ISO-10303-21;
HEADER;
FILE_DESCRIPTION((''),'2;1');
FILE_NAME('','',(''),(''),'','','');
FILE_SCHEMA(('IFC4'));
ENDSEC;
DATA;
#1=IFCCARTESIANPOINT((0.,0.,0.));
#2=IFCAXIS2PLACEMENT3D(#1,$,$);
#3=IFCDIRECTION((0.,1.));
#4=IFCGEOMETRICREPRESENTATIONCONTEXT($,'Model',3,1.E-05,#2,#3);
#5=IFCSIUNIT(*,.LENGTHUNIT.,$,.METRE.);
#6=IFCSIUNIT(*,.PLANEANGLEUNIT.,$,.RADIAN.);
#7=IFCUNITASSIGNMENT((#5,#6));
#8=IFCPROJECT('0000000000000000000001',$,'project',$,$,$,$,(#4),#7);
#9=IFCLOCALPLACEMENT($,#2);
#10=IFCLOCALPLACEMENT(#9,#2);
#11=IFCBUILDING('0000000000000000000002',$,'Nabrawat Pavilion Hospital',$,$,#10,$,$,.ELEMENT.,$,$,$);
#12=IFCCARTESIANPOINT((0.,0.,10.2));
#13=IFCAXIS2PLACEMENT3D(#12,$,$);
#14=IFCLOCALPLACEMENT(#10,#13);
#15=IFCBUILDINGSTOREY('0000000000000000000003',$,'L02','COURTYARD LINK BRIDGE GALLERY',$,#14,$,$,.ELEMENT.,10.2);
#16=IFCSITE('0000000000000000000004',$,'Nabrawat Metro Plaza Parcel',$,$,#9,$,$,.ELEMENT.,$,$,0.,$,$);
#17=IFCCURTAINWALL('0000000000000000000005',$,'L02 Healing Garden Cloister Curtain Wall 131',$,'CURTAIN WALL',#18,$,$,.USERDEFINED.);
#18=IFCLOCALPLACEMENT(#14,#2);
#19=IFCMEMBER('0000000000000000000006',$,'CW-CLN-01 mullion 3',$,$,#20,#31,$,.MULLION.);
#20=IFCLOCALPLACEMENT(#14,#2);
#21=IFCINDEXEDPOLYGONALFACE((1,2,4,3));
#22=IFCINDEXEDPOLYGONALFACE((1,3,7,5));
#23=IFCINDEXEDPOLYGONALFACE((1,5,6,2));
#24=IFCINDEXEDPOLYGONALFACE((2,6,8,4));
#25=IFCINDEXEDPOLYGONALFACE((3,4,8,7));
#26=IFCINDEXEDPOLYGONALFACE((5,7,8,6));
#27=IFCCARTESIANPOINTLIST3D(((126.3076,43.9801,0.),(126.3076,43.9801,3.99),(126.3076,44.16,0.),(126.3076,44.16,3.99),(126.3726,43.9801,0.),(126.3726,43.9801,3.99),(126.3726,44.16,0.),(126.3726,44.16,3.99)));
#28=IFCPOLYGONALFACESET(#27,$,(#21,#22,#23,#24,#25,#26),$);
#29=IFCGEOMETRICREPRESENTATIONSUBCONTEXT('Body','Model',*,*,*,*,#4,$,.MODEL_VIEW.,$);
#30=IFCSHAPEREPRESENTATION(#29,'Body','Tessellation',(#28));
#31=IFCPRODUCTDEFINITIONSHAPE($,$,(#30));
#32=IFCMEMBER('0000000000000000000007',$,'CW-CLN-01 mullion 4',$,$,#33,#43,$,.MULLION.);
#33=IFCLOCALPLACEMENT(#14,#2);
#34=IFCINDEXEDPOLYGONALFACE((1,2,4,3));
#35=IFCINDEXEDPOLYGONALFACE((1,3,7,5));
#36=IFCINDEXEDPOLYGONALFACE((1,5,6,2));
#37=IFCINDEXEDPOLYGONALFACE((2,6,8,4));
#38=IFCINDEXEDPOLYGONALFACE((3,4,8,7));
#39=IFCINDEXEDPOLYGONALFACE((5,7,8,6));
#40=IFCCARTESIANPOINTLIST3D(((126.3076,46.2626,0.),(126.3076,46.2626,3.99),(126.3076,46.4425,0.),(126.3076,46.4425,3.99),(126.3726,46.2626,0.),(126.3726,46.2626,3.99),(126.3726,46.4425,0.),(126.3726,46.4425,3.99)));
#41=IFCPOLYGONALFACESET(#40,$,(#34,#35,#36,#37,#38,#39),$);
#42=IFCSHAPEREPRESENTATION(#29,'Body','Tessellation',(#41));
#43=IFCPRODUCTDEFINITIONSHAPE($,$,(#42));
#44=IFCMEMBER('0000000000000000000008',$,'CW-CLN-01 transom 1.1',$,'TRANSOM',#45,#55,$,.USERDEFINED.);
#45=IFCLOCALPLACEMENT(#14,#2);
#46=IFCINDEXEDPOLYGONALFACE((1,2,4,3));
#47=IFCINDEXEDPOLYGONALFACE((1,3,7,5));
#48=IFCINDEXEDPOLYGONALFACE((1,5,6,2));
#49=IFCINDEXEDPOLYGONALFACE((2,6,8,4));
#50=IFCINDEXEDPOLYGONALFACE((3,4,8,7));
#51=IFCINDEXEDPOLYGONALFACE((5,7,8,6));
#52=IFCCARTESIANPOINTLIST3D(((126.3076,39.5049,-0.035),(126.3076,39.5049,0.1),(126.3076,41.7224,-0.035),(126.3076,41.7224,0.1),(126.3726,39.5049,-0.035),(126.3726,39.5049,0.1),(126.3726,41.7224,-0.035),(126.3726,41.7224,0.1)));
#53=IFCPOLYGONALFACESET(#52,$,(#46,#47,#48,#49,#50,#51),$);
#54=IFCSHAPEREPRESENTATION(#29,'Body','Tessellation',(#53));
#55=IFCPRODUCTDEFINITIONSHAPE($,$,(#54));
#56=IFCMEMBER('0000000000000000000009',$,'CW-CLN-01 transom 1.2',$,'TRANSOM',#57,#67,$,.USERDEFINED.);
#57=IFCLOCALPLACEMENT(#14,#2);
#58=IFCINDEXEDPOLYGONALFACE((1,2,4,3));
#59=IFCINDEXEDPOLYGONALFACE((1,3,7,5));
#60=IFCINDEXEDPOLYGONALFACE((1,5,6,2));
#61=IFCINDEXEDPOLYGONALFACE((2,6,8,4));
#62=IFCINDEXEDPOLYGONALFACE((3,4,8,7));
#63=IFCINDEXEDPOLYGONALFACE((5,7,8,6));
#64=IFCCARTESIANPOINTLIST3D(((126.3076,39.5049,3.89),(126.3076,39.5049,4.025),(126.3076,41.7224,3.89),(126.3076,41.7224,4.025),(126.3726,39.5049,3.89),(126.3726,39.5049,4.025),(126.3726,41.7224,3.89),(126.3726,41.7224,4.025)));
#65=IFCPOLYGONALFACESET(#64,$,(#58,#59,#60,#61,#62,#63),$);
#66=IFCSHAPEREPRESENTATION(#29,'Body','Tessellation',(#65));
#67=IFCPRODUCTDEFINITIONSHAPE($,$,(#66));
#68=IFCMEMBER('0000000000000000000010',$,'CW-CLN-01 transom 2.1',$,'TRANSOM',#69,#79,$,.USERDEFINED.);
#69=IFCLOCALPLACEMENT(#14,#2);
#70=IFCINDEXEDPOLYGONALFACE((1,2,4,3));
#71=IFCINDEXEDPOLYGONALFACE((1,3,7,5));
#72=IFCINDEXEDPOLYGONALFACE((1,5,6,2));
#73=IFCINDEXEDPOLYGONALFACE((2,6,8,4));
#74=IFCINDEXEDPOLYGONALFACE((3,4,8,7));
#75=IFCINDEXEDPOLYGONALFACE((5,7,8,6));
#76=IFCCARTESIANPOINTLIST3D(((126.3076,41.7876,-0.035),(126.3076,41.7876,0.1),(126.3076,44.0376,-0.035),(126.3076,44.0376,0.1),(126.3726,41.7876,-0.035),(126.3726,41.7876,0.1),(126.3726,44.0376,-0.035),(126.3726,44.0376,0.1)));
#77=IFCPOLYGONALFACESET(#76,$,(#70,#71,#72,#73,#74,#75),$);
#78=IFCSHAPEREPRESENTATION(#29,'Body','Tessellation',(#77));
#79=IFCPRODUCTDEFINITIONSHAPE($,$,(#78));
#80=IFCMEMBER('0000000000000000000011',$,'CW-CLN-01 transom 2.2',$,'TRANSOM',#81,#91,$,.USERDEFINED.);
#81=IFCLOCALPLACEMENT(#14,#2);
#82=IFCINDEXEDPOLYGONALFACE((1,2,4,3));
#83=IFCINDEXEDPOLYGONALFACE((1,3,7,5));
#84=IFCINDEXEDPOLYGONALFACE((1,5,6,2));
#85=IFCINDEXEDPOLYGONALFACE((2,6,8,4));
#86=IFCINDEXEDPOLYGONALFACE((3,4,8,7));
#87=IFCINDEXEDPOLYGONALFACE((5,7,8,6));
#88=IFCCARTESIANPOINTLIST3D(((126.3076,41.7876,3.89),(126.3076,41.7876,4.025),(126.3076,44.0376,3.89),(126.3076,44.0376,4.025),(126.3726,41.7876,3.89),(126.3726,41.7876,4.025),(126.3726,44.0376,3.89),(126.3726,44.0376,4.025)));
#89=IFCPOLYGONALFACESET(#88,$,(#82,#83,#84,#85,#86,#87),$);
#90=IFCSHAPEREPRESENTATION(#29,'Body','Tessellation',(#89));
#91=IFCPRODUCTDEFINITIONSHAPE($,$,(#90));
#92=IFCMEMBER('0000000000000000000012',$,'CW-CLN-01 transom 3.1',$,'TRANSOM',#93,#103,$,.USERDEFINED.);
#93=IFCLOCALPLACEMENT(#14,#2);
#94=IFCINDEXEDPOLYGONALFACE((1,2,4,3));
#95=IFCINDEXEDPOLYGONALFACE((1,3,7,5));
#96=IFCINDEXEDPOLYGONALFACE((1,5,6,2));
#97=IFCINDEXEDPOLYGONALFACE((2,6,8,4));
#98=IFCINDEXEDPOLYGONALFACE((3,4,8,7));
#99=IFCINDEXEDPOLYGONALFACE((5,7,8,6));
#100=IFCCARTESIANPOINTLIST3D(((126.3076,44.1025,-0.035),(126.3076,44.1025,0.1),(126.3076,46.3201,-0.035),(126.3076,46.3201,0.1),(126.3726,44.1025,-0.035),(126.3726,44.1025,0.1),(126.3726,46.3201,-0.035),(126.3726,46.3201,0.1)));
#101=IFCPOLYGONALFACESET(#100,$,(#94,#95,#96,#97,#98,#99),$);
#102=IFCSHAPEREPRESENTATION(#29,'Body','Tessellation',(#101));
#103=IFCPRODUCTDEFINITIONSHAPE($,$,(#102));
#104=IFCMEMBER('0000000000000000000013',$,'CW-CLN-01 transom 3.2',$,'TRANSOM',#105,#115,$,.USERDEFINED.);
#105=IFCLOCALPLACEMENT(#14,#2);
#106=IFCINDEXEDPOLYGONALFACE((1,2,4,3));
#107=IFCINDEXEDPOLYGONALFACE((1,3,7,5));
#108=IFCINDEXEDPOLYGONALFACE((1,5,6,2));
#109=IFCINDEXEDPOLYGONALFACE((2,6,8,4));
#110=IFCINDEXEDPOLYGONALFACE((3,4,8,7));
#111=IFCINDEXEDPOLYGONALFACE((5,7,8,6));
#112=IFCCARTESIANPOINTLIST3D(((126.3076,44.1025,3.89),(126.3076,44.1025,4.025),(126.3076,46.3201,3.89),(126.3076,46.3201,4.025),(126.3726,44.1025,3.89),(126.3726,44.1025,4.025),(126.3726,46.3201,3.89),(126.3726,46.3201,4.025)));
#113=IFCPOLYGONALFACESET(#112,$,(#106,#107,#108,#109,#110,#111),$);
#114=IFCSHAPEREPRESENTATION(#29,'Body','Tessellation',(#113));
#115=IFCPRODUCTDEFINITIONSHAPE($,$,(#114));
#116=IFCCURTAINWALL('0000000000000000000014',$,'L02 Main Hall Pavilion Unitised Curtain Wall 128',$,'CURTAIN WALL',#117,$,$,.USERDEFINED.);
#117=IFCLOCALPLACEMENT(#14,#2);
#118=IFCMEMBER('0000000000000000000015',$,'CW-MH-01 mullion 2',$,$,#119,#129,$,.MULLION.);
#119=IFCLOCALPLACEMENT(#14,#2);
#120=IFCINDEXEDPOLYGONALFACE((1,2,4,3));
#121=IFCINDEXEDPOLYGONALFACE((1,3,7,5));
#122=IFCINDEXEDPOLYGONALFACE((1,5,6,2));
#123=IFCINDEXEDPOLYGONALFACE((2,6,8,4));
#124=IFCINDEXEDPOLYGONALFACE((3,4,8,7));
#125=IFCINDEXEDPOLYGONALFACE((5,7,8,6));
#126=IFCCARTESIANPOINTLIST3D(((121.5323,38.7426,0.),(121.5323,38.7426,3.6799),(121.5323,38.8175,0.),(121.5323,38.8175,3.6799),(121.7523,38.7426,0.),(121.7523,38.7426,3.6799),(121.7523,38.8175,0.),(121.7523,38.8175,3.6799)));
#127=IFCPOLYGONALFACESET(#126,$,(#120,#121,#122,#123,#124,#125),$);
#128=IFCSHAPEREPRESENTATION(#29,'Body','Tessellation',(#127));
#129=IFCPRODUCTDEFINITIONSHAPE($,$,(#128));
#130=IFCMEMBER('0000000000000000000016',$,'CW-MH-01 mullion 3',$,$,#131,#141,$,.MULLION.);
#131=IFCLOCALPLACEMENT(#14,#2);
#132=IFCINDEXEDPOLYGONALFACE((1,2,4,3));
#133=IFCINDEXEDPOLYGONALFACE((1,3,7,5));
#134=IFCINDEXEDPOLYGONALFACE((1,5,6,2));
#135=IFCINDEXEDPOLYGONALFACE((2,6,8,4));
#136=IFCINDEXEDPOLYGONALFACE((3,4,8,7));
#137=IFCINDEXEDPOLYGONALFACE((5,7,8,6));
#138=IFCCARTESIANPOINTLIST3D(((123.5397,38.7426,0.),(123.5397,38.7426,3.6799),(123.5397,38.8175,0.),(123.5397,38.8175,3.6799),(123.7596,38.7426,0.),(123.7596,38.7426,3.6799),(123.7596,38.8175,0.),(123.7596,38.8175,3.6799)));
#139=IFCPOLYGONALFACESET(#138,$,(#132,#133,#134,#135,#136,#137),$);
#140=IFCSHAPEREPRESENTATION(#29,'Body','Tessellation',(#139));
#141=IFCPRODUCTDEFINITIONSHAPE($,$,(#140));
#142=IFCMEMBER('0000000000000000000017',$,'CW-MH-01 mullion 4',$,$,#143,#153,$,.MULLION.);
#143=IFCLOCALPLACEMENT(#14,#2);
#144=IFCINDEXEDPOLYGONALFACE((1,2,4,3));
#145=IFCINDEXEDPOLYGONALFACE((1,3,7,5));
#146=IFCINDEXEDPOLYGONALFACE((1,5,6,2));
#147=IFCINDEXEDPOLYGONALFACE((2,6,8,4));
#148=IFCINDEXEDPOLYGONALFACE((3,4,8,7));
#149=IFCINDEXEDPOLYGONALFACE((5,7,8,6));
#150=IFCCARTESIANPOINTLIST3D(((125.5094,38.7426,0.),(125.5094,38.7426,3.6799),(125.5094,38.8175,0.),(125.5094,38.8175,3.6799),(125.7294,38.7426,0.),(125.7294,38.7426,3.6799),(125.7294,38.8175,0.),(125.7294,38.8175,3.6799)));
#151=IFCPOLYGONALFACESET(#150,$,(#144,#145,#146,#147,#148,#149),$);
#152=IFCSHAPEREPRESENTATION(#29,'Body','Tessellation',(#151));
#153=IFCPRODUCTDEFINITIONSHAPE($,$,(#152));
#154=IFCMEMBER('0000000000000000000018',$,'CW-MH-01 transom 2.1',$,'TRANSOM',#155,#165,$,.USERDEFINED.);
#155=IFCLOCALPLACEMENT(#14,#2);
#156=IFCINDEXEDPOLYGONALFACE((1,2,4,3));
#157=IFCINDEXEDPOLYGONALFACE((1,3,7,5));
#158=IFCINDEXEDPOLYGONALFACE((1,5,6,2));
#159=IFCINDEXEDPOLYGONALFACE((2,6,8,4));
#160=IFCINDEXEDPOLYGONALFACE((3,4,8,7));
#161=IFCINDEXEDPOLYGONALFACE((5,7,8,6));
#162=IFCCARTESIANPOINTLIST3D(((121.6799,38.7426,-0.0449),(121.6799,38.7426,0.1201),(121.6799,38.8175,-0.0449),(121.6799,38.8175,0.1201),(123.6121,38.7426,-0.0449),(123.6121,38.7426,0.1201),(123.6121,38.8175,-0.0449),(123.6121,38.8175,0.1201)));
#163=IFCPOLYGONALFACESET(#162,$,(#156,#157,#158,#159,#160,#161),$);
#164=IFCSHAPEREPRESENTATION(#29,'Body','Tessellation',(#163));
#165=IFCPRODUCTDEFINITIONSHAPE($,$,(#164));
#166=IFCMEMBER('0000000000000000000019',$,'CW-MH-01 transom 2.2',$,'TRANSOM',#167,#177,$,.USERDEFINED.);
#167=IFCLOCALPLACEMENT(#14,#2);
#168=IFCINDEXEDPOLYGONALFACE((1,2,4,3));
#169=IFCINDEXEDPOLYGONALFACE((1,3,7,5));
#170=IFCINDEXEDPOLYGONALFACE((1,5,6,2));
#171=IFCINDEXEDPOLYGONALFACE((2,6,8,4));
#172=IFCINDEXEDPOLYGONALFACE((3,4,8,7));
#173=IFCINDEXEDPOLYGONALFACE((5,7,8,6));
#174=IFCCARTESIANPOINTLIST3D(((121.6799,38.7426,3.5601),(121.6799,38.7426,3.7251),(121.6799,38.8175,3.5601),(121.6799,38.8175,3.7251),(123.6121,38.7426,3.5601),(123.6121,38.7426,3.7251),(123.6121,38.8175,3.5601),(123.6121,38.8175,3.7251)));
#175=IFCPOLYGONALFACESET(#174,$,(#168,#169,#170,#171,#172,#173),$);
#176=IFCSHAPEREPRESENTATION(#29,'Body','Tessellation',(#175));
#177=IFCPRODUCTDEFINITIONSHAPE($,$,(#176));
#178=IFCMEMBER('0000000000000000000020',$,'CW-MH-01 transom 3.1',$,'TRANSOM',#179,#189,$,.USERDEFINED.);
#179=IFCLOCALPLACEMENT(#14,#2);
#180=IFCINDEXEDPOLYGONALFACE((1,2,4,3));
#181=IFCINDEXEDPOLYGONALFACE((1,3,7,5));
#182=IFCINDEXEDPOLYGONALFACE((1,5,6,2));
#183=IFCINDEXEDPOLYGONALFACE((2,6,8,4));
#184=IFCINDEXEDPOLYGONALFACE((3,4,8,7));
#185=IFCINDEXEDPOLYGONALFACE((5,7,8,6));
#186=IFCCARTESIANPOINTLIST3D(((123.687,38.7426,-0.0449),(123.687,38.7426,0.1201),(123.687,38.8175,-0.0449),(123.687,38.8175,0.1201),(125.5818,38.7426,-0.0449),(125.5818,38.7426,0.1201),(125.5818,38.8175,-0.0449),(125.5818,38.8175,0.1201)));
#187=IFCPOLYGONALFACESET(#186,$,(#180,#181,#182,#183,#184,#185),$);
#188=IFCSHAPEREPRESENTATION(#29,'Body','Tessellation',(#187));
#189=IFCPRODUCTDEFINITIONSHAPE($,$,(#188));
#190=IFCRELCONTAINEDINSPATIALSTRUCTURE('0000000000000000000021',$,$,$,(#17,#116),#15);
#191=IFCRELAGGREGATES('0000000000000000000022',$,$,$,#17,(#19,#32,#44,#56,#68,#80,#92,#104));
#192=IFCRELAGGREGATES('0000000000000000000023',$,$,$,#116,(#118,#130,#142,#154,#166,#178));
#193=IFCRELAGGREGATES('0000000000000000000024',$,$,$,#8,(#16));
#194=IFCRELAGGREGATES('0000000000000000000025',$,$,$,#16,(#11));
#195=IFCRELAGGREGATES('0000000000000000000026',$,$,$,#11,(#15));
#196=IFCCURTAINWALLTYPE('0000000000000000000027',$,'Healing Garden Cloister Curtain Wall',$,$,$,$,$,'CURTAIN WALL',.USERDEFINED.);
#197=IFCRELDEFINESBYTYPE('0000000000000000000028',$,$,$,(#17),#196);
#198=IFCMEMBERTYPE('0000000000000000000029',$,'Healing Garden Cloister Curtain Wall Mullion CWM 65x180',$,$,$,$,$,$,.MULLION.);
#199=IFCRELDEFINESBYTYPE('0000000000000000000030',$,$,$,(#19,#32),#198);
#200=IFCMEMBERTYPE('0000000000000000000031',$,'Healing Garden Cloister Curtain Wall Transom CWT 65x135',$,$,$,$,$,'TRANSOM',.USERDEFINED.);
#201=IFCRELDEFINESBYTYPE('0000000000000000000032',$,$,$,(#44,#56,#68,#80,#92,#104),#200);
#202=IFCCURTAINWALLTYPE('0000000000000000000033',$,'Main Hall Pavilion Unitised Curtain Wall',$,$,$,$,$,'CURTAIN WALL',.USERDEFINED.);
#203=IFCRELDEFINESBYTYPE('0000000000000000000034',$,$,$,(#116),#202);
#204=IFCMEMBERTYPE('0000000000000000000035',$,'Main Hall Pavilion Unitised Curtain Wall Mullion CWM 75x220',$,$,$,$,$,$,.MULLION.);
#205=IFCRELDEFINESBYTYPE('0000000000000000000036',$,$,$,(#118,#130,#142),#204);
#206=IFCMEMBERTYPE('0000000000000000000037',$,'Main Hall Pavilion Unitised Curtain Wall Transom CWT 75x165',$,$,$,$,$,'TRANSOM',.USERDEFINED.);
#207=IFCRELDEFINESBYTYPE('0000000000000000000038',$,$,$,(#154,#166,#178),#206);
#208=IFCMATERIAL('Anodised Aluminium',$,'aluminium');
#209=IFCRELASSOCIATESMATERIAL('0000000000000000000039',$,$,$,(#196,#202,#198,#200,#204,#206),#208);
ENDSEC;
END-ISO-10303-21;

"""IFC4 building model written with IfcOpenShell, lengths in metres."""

from ifc_helpers import new_model, si_unit, direction, frame, origin, origin_2d, place, context, subcontext, project, spatial, rectangle, extrude, material, material_profile, profile_set, type_object, element, aggregate, save


model = new_model("IFC4")

# Units and contexts
model_context = context("Model", 3, precision=1e-05, world=origin(), true_north=direction((0.0, 1.0)))
body_context = subcontext(model_context, "Body", "Model", "MODEL_VIEW")
ifc_project = project(units=[si_unit("LENGTHUNIT", "METRE"), si_unit("PLANEANGLEUNIT", "RADIAN")], contexts=[model_context])

# Site, building, storey
site_placement = place(None, origin())
site = spatial("IfcSite", under=ifc_project, at=site_placement, Name="Nabrawat Metro Plaza Parcel", CompositionType="ELEMENT", RefElevation=0.0)
building_placement = place(site_placement, origin())
building = spatial("IfcBuilding", under=site, at=building_placement, Name="Nabrawat Pavilion Hospital", CompositionType="ELEMENT")
storey_placement = place(building_placement, frame((0.0, 0.0, 10.2)))
storey = spatial("IfcBuildingStorey", under=building, at=storey_placement, Name="L02", Description="COURTYARD LINK BRIDGE GALLERY", CompositionType="ELEMENT", Elevation=10.2)

# Curtain walls, members
ifc_material_1 = material(Name="Anodised Aluminium", Category="aluminium")
curtain_wall_type_1 = type_object("IfcCurtainWallType", Name="Healing Garden Cloister Curtain Wall", ElementType="CURTAIN WALL", PredefinedType="USERDEFINED", material=ifc_material_1)
curtain_wall_1_placement = place(storey_placement, origin())
curtain_wall_1 = element("IfcCurtainWall", 1, at=curtain_wall_1_placement, inside=storey, type_object=curtain_wall_type_1, Name="L02 Healing Garden Cloister Curtain Wall 131", ObjectType="CURTAIN WALL", PredefinedType="USERDEFINED")
ifc_material_profile_1 = material_profile(ifc_material_1, rectangle(XDim=0.0649, YDim=0.1799, at=origin_2d()), Name="CWM 65x180")
ifc_profile_set_1 = profile_set([ifc_material_profile_1], Name="Anodised Aluminium")
member_type_1 = type_object("IfcMemberType", Name="Healing Garden Cloister Curtain Wall Mullion CWM 65x180", PredefinedType="MULLION", material=ifc_profile_set_1)
member_1_placement = place(storey_placement, frame((126.3401, 44.0701, 0.0), z_axis=(0.0, 0.0, 1.0), x_axis=(-1.0, 0.0, 0.0)))
member_1 = element("IfcMember", 2, at=member_1_placement, type_object=member_type_1, Name="CW-CLN-01 mullion 3", PredefinedType="MULLION", context=body_context, shape_type="SweptSolid", body=[
    extrude(rectangle(XDim=0.0649, YDim=0.1799, at=origin_2d()), origin(), (0.0, 0.0, 1.0), 3.99),
])
member_2_placement = place(storey_placement, frame((126.3401, 46.3525, 0.0), z_axis=(0.0, 0.0, 1.0), x_axis=(-1.0, 0.0, 0.0)))
member_2 = element("IfcMember", 3, at=member_2_placement, type_object=member_type_1, Name="CW-CLN-01 mullion 4", PredefinedType="MULLION", context=body_context, shape_type="SweptSolid", body=[
    extrude(rectangle(XDim=0.0649, YDim=0.1799, at=origin_2d()), origin(), (0.0, 0.0, 1.0), 3.99),
])
ifc_material_profile_2 = material_profile(ifc_material_1, rectangle(XDim=0.0649, YDim=0.135, at=origin_2d()), Name="CWT 65x135")
ifc_profile_set_2 = profile_set([ifc_material_profile_2], Name="Anodised Aluminium")
member_type_2 = type_object("IfcMemberType", Name="Healing Garden Cloister Curtain Wall Transom CWT 65x135", ElementType="TRANSOM", PredefinedType="USERDEFINED", material=ifc_profile_set_2)
member_3_placement = place(storey_placement, frame((126.3401, 39.5049, 0.0325), z_axis=(0.0, 1.0, 0.0), x_axis=(-1.0, 0.0, 0.0)))
member_3 = element("IfcMember", 4, at=member_3_placement, type_object=member_type_2, Name="CW-CLN-01 transom 1.1", ObjectType="TRANSOM", PredefinedType="USERDEFINED", context=body_context, shape_type="SweptSolid", body=[
    extrude(rectangle(XDim=0.0649, YDim=0.135, at=origin_2d()), origin(), (0.0, 0.0, 1.0), 2.2175),
])
member_4_placement = place(storey_placement, frame((126.3401, 39.5049, 3.9575), z_axis=(0.0, 1.0, 0.0), x_axis=(-1.0, 0.0, 0.0)))
member_4 = element("IfcMember", 5, at=member_4_placement, type_object=member_type_2, Name="CW-CLN-01 transom 1.2", ObjectType="TRANSOM", PredefinedType="USERDEFINED", context=body_context, shape_type="SweptSolid", body=[
    extrude(rectangle(XDim=0.0649, YDim=0.135, at=origin_2d()), origin(), (0.0, 0.0, 1.0), 2.2175),
])
member_5_placement = place(storey_placement, frame((126.3401, 41.7876, 0.0325), z_axis=(0.0, 1.0, 0.0), x_axis=(-1.0, 0.0, 0.0)))
member_5 = element("IfcMember", 6, at=member_5_placement, type_object=member_type_2, Name="CW-CLN-01 transom 2.1", ObjectType="TRANSOM", PredefinedType="USERDEFINED", context=body_context, shape_type="SweptSolid", body=[
    extrude(rectangle(XDim=0.0649, YDim=0.135, at=origin_2d()), origin(), (0.0, 0.0, 1.0), 2.25),
])
member_6_placement = place(storey_placement, frame((126.3401, 41.7876, 3.9575), z_axis=(0.0, 1.0, 0.0), x_axis=(-1.0, 0.0, 0.0)))
member_6 = element("IfcMember", 7, at=member_6_placement, type_object=member_type_2, Name="CW-CLN-01 transom 2.2", ObjectType="TRANSOM", PredefinedType="USERDEFINED", context=body_context, shape_type="SweptSolid", body=[
    extrude(rectangle(XDim=0.0649, YDim=0.135, at=origin_2d()), origin(), (0.0, 0.0, 1.0), 2.25),
])
member_7_placement = place(storey_placement, frame((126.3401, 44.1025, 0.0325), z_axis=(0.0, 1.0, 0.0), x_axis=(-1.0, 0.0, 0.0)))
member_7 = element("IfcMember", 8, at=member_7_placement, type_object=member_type_2, Name="CW-CLN-01 transom 3.1", ObjectType="TRANSOM", PredefinedType="USERDEFINED", context=body_context, shape_type="SweptSolid", body=[
    extrude(rectangle(XDim=0.0649, YDim=0.135, at=origin_2d()), origin(), (0.0, 0.0, 1.0), 2.2175),
])
member_8_placement = place(storey_placement, frame((126.3401, 44.1025, 3.9575), z_axis=(0.0, 1.0, 0.0), x_axis=(-1.0, 0.0, 0.0)))
member_8 = element("IfcMember", 9, at=member_8_placement, type_object=member_type_2, Name="CW-CLN-01 transom 3.2", ObjectType="TRANSOM", PredefinedType="USERDEFINED", context=body_context, shape_type="SweptSolid", body=[
    extrude(rectangle(XDim=0.0649, YDim=0.135, at=origin_2d()), origin(), (0.0, 0.0, 1.0), 2.2175),
])
curtain_wall_type_2 = type_object("IfcCurtainWallType", Name="Main Hall Pavilion Unitised Curtain Wall", ElementType="CURTAIN WALL", PredefinedType="USERDEFINED", material=ifc_material_1)
curtain_wall_2_placement = place(storey_placement, origin())
curtain_wall_2 = element("IfcCurtainWall", 10, at=curtain_wall_2_placement, inside=storey, type_object=curtain_wall_type_2, Name="L02 Main Hall Pavilion Unitised Curtain Wall 128", ObjectType="CURTAIN WALL", PredefinedType="USERDEFINED")
ifc_material_profile_3 = material_profile(ifc_material_1, rectangle(XDim=0.075, YDim=0.22, at=origin_2d()), Name="CWM 75x220")
ifc_profile_set_3 = profile_set([ifc_material_profile_3], Name="Anodised Aluminium")
member_type_3 = type_object("IfcMemberType", Name="Main Hall Pavilion Unitised Curtain Wall Mullion CWM 75x220", PredefinedType="MULLION", material=ifc_profile_set_3)
member_9_placement = place(storey_placement, frame((121.6423, 38.78, 0.0), z_axis=(0.0, 0.0, 1.0), x_axis=(0.0, 1.0, 0.0)))
member_9 = element("IfcMember", 11, at=member_9_placement, type_object=member_type_3, Name="CW-MH-01 mullion 2", PredefinedType="MULLION", context=body_context, shape_type="SweptSolid", body=[
    extrude(rectangle(XDim=0.075, YDim=0.22, at=origin_2d()), origin(), (0.0, 0.0, 1.0), 3.6799),
])
member_10_placement = place(storey_placement, frame((123.6497, 38.78, 0.0), z_axis=(0.0, 0.0, 1.0), x_axis=(0.0, 1.0, 0.0)))
member_10 = element("IfcMember", 12, at=member_10_placement, type_object=member_type_3, Name="CW-MH-01 mullion 3", PredefinedType="MULLION", context=body_context, shape_type="SweptSolid", body=[
    extrude(rectangle(XDim=0.075, YDim=0.22, at=origin_2d()), origin(), (0.0, 0.0, 1.0), 3.6799),
])
member_11_placement = place(storey_placement, frame((125.6194, 38.78, 0.0), z_axis=(0.0, 0.0, 1.0), x_axis=(0.0, 1.0, 0.0)))
member_11 = element("IfcMember", 13, at=member_11_placement, type_object=member_type_3, Name="CW-MH-01 mullion 4", PredefinedType="MULLION", context=body_context, shape_type="SweptSolid", body=[
    extrude(rectangle(XDim=0.075, YDim=0.22, at=origin_2d()), origin(), (0.0, 0.0, 1.0), 3.6799),
])
ifc_material_profile_4 = material_profile(ifc_material_1, rectangle(XDim=0.075, YDim=0.165, at=origin_2d()), Name="CWT 75x165")
ifc_profile_set_4 = profile_set([ifc_material_profile_4], Name="Anodised Aluminium")
member_type_4 = type_object("IfcMemberType", Name="Main Hall Pavilion Unitised Curtain Wall Transom CWT 75x165", ElementType="TRANSOM", PredefinedType="USERDEFINED", material=ifc_profile_set_4)
member_12_placement = place(storey_placement, frame((121.6799, 38.78, 0.0376), z_axis=(1.0, 0.0, 0.0), x_axis=(0.0, 1.0, 0.0)))
member_12 = element("IfcMember", 14, at=member_12_placement, type_object=member_type_4, Name="CW-MH-01 transom 2.1", ObjectType="TRANSOM", PredefinedType="USERDEFINED", context=body_context, shape_type="SweptSolid", body=[
    extrude(rectangle(XDim=0.075, YDim=0.165, at=origin_2d()), origin(), (0.0, 0.0, 1.0), 1.9321),
])
member_13_placement = place(storey_placement, frame((121.6799, 38.78, 3.6426), z_axis=(1.0, 0.0, 0.0), x_axis=(0.0, 1.0, 0.0)))
member_13 = element("IfcMember", 15, at=member_13_placement, type_object=member_type_4, Name="CW-MH-01 transom 2.2", ObjectType="TRANSOM", PredefinedType="USERDEFINED", context=body_context, shape_type="SweptSolid", body=[
    extrude(rectangle(XDim=0.075, YDim=0.165, at=origin_2d()), origin(), (0.0, 0.0, 1.0), 1.9321),
])
member_14_placement = place(storey_placement, frame((123.687, 38.78, 0.0376), z_axis=(1.0, 0.0, 0.0), x_axis=(0.0, 1.0, 0.0)))
member_14 = element("IfcMember", 16, at=member_14_placement, type_object=member_type_4, Name="CW-MH-01 transom 3.1", ObjectType="TRANSOM", PredefinedType="USERDEFINED", context=body_context, shape_type="SweptSolid", body=[
    extrude(rectangle(XDim=0.075, YDim=0.165, at=origin_2d()), origin(), (0.0, 0.0, 1.0), 1.8948),
])

aggregate(curtain_wall_1, [member_1, member_2, member_3, member_4, member_5, member_6, member_7, member_8])
aggregate(curtain_wall_2, [member_9, member_10, member_11, member_12, member_13, member_14])

save(model, "model.ifc")
